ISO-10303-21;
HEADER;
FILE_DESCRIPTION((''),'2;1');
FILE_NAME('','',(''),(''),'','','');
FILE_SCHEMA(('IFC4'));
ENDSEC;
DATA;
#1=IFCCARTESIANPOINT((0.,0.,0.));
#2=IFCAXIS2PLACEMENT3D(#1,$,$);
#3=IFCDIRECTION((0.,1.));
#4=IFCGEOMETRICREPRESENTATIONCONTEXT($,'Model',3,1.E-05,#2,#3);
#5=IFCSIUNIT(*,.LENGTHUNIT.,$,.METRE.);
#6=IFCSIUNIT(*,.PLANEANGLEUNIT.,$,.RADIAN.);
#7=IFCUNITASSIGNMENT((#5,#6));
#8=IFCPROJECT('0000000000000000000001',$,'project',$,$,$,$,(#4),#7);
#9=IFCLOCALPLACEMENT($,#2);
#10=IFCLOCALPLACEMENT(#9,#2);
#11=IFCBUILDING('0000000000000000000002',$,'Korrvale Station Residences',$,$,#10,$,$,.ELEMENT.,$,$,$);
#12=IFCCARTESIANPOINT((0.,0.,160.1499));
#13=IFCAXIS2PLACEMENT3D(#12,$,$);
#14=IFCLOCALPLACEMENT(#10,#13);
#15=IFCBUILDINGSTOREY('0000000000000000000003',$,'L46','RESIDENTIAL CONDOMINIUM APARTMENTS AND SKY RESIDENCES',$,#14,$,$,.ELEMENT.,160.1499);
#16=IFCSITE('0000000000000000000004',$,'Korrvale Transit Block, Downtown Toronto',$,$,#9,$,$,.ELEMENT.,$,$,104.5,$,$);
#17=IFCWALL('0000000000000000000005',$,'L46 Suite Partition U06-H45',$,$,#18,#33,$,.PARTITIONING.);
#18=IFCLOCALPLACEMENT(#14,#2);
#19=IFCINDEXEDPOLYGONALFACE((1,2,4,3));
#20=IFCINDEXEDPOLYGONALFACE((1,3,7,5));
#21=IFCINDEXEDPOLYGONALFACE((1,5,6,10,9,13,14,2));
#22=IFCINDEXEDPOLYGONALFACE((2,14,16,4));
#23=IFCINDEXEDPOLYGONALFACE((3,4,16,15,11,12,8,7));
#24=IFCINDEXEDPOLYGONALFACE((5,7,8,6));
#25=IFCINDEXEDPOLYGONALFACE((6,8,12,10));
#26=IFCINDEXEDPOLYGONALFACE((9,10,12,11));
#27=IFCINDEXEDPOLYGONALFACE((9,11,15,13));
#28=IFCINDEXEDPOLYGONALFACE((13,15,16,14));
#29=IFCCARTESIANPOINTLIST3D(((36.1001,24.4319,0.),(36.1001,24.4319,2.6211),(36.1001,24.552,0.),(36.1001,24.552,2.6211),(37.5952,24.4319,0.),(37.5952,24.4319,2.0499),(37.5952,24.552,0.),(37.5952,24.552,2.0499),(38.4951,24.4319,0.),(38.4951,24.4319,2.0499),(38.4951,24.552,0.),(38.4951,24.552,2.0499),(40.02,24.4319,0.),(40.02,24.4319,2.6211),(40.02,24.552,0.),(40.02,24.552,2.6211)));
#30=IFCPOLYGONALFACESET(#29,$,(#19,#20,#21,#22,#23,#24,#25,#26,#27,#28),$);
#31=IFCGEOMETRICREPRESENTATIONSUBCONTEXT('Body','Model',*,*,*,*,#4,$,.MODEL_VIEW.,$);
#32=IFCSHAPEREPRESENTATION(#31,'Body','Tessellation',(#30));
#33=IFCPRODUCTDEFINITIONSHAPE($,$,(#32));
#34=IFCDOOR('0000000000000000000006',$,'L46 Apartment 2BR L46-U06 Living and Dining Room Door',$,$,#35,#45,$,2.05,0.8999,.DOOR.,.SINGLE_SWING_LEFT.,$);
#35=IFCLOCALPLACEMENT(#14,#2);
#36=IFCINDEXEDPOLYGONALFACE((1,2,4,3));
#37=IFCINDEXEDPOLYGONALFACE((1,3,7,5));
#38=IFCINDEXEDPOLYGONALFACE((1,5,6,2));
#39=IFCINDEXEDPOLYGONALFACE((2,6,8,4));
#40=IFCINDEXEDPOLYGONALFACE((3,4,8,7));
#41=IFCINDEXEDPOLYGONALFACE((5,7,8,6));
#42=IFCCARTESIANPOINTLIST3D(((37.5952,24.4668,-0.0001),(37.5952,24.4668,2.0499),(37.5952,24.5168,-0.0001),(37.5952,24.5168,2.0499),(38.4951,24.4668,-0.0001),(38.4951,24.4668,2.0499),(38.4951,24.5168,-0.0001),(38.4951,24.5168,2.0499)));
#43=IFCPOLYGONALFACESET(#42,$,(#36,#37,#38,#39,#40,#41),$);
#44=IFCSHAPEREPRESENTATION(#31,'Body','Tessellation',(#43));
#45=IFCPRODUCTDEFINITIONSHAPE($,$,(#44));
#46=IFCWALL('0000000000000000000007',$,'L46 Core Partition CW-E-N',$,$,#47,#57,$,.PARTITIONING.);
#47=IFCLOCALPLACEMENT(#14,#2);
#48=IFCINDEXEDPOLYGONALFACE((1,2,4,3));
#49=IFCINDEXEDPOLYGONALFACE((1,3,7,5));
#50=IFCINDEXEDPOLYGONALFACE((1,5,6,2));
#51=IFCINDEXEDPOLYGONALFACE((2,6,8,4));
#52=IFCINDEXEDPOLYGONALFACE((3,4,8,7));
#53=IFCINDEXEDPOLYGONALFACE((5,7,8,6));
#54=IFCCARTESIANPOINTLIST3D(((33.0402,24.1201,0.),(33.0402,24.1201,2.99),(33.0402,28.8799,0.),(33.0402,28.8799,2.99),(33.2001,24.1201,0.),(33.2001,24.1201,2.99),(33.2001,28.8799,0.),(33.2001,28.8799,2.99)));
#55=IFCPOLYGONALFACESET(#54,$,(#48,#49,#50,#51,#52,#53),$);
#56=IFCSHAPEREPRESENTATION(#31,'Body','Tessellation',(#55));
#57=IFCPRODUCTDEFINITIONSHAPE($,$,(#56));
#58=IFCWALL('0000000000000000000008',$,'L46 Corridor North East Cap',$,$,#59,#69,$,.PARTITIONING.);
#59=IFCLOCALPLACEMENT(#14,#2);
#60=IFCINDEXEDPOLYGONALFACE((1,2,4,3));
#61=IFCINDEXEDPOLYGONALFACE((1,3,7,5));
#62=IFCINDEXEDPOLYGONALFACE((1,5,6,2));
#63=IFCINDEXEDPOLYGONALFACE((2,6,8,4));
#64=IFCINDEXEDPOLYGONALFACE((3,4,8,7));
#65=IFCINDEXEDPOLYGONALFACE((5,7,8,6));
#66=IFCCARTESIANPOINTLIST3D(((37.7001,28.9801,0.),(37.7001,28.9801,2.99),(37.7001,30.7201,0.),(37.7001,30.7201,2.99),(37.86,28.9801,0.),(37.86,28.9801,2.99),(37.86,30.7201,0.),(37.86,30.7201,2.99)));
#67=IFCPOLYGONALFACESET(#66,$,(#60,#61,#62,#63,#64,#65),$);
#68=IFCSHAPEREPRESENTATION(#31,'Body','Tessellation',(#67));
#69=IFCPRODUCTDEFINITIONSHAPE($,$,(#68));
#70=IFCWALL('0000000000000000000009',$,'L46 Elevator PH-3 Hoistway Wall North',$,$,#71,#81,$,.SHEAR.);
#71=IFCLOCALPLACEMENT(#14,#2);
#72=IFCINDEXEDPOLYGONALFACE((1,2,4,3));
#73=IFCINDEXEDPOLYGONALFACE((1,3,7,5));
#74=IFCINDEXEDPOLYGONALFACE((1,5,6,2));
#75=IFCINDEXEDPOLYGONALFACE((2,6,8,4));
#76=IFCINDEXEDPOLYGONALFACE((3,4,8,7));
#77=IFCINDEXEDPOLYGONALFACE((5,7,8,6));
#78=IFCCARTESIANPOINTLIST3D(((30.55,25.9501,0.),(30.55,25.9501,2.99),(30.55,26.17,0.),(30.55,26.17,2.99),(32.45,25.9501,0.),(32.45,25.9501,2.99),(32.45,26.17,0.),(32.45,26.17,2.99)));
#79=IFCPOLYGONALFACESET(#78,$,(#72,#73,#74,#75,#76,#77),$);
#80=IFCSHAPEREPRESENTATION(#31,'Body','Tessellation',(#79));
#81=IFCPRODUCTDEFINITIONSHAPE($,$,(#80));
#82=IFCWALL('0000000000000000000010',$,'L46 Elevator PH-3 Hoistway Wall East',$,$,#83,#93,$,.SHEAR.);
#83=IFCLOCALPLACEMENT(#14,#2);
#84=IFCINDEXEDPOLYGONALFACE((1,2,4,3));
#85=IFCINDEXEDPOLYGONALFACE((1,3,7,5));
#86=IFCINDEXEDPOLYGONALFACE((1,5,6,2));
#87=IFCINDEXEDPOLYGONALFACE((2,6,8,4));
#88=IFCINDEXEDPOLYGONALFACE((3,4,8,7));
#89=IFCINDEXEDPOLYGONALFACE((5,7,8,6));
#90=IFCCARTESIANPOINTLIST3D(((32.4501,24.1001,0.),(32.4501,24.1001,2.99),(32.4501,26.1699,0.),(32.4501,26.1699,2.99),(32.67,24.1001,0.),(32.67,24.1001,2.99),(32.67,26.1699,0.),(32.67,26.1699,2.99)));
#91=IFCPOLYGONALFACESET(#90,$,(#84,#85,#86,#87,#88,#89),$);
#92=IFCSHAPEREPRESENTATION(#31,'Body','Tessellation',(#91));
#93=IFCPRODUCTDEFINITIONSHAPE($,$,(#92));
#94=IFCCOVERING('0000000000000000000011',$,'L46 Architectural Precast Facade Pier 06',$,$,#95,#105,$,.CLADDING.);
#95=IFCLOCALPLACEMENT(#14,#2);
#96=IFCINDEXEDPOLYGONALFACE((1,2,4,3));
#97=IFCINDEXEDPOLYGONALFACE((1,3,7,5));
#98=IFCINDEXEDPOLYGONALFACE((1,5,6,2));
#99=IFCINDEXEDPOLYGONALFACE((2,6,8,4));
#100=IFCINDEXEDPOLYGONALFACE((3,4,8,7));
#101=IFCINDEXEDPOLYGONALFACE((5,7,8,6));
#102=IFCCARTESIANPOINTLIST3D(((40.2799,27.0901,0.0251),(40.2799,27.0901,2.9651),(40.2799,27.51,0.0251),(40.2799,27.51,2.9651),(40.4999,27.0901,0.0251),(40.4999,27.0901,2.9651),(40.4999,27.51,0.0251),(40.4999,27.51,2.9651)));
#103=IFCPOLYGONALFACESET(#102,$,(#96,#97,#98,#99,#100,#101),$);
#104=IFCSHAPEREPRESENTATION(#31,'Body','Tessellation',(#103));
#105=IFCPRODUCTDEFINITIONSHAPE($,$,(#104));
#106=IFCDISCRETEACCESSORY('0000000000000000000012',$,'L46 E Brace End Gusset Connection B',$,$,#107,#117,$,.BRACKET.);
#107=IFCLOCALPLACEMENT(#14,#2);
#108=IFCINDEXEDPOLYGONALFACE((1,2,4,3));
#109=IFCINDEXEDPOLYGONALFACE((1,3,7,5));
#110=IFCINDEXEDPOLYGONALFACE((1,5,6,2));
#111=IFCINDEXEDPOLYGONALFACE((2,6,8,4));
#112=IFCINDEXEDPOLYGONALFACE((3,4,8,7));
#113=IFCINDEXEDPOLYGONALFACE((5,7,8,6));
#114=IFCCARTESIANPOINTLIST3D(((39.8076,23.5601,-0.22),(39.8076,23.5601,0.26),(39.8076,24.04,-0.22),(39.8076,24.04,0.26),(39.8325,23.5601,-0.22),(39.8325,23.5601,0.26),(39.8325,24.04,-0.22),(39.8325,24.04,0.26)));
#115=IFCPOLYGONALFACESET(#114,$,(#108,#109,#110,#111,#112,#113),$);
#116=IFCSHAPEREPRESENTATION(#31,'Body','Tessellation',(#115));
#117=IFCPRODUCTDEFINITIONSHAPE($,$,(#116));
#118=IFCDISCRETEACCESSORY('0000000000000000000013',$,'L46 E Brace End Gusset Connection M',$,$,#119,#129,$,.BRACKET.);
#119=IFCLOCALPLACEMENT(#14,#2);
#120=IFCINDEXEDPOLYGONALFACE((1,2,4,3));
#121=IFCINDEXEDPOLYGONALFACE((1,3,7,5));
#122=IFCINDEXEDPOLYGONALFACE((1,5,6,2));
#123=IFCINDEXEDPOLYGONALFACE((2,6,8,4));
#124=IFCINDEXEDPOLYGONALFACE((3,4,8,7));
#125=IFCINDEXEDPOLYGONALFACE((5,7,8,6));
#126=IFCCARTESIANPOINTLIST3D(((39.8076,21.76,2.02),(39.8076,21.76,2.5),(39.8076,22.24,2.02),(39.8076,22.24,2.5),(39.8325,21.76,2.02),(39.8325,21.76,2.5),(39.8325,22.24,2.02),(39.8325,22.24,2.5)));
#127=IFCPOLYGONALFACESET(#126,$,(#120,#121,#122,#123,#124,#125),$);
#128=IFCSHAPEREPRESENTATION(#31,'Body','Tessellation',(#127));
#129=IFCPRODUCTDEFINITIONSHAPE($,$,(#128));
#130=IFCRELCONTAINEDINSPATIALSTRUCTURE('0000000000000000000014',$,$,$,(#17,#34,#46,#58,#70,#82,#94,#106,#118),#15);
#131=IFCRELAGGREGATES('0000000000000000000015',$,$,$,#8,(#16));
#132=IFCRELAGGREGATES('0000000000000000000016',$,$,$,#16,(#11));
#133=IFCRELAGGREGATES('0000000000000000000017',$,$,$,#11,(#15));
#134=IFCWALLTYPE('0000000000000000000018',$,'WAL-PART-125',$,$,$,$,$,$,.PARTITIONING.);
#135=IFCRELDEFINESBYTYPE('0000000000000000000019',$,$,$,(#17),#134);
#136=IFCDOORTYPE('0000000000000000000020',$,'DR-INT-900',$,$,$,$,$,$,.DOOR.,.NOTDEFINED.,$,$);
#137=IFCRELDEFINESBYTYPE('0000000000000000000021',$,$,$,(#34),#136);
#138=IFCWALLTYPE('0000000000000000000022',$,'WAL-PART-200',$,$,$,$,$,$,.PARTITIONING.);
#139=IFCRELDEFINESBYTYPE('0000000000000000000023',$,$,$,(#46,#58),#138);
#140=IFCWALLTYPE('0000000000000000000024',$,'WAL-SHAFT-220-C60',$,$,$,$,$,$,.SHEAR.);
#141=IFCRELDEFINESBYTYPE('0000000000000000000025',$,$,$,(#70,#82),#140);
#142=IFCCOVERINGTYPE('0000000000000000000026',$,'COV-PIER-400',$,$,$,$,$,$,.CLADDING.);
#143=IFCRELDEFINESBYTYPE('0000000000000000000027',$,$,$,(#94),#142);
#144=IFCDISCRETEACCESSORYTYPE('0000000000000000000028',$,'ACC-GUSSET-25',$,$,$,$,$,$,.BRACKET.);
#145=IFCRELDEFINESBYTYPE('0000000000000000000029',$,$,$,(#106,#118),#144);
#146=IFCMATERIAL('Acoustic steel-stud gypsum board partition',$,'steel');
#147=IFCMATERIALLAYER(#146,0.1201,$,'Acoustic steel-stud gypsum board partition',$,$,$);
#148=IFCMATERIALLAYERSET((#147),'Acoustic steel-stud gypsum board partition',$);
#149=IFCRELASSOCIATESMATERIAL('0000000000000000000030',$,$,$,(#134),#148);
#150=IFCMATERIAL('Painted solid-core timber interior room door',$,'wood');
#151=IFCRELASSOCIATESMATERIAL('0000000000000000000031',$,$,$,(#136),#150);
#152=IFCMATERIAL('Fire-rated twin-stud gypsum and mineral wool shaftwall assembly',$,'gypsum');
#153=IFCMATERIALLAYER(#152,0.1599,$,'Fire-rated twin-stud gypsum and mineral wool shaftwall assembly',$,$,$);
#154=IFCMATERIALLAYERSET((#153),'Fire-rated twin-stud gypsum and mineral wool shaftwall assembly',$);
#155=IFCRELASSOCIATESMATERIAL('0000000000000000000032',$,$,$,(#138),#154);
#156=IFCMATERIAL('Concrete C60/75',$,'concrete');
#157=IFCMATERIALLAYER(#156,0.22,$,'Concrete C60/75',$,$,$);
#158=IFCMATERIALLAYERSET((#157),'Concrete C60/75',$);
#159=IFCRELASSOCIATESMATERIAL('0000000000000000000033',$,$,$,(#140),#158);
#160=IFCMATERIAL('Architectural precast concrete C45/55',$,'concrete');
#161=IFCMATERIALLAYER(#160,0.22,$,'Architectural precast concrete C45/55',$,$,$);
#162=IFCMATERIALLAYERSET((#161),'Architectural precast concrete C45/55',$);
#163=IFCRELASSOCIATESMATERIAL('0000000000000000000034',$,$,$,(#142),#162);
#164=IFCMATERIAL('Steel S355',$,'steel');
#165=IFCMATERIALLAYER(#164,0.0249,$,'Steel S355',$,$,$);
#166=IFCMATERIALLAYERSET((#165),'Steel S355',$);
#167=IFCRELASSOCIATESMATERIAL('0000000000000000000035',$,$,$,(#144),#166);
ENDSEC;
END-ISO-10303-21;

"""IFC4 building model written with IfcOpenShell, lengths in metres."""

from ifc_helpers import new_model, si_unit, direction, frame, frame_2d, origin, origin_2d, place, context, subcontext, project, spatial, rectangle, extrude, material, layer, layer_set, type_object, element, fill, save


model = new_model("IFC4")

# Units and contexts
model_context = context("Model", 3, precision=1e-05, world=origin(), true_north=direction((0.0, 1.0)))
body_context = subcontext(model_context, "Body", "Model", "MODEL_VIEW")
ifc_project = project(units=[si_unit("LENGTHUNIT", "METRE"), si_unit("PLANEANGLEUNIT", "RADIAN")], contexts=[model_context])

# Site, building, storey
site_placement = place(None, origin())
site = spatial("IfcSite", under=ifc_project, at=site_placement, Name="Korrvale Transit Block, Downtown Toronto", CompositionType="ELEMENT", RefElevation=104.5)
building_placement = place(site_placement, origin())
building = spatial("IfcBuilding", under=site, at=building_placement, Name="Korrvale Station Residences", CompositionType="ELEMENT")
storey_placement = place(building_placement, frame((0.0, 0.0, 160.1499)))
storey = spatial("IfcBuildingStorey", under=building, at=storey_placement, Name="L46", Description="RESIDENTIAL CONDOMINIUM APARTMENTS AND SKY RESIDENCES", CompositionType="ELEMENT", Elevation=160.1499)

# Shared definitions
ifc_material_1 = material(Name="Concrete C60/75", Category="concrete")

# Shared definitions
ifc_material_2 = material(Name="Steel S355", Category="steel")

# Shared definitions
ifc_material_3 = material(Name="Acoustic steel-stud gypsum board partition", Category="steel")
ifc_layer_1 = layer(ifc_material_3, 0.1201, Name="Acoustic steel-stud gypsum board partition")
ifc_layer_set_1 = layer_set([ifc_layer_1], Name="Acoustic steel-stud gypsum board partition")
wall_type_1 = type_object("IfcWallType", Name="WAL-PART-125", PredefinedType="PARTITIONING", material=ifc_layer_set_1)

# Wall, opening, door
ifc_material_4 = material(Name="Painted solid-core timber interior room door", Category="wood")
door_type = type_object("IfcDoorType", Name="DR-INT-900", OperationType="NOTDEFINED", PredefinedType="DOOR", material=ifc_material_4)
wall_1_placement = place(storey_placement, frame((36.1001, 24.4919, 0.0), z_axis=(0.0, 0.0, 1.0), x_axis=(1.0, 0.0, 0.0)))
wall_1 = element("IfcWall", 1, at=wall_1_placement, inside=storey, type_object=wall_type_1, Name="L46 Suite Partition U06-H45", PredefinedType="PARTITIONING", context=body_context, shape_type="SweptSolid", body=[
    extrude(rectangle(XDim=3.9199, YDim=0.1201, at=frame_2d((1.96, 0.0))), origin(), (0.0, 0.0, 1.0), 2.6211),
])
opening_1_placement = place(wall_1_placement, frame((1.4951, 0.0, 0.0)))
opening_1 = element("IfcOpeningElement", 2, at=opening_1_placement, cuts=wall_1, PredefinedType="OPENING", context=body_context, shape_type="SweptSolid", body=[
    extrude(rectangle(XDim=0.8999, YDim=2.05, at=frame_2d((0.45, 1.0249))), frame((0.0, 0.0701, 0.0), z_axis=(0.0, -1.0, 0.0), x_axis=(1.0, 0.0, 0.0)), (0.0, 0.0, 1.0), 0.1401),
])
door_1_placement = place(opening_1_placement, origin())
door_1 = element("IfcDoor", 3, at=door_1_placement, inside=storey, type_object=door_type, Name="L46 Apartment 2BR L46-U06 Living and Dining Room Door", OperationType="SINGLE_SWING_LEFT", OverallHeight=2.05, OverallWidth=0.8999, PredefinedType="DOOR", context=body_context, shape_type="SweptSolid", body=[
    extrude(rectangle(XDim=0.8999, YDim=2.05, at=frame_2d((0.45, 1.0249))), frame((0.0, 0.0249, 0.0), z_axis=(0.0, -1.0, 0.0), x_axis=(1.0, 0.0, 0.0)), (0.0, 0.0, 1.0), 0.05),
])
fill(opening_1, door_1)

# Walls
ifc_material_5 = material(Name="Fire-rated twin-stud gypsum and mineral wool shaftwall assembly", Category="gypsum")
ifc_layer_2 = layer(ifc_material_5, 0.1599, Name="Fire-rated twin-stud gypsum and mineral wool shaftwall assembly")
ifc_layer_set_2 = layer_set([ifc_layer_2], Name="Fire-rated twin-stud gypsum and mineral wool shaftwall assembly")
wall_type_2 = type_object("IfcWallType", Name="WAL-PART-200", PredefinedType="PARTITIONING", material=ifc_layer_set_2)
wall_2_placement = place(storey_placement, frame((33.1201, 24.1201, 0.0), z_axis=(0.0, 0.0, 1.0), x_axis=(0.0, 1.0, 0.0)))
element("IfcWall", 4, at=wall_2_placement, inside=storey, type_object=wall_type_2, Name="L46 Core Partition CW-E-N", PredefinedType="PARTITIONING", context=body_context, shape_type="SweptSolid", body=[
    extrude(rectangle(XDim=4.7598, YDim=0.1599, at=frame_2d((2.3799, 0.0))), origin(), (0.0, 0.0, 1.0), 2.99),
])
wall_3_placement = place(storey_placement, frame((37.78, 28.98, 0.0), z_axis=(0.0, 0.0, 1.0), x_axis=(0.0, 1.0, 0.0)))
element("IfcWall", 5, at=wall_3_placement, inside=storey, type_object=wall_type_2, Name="L46 Corridor North East Cap", PredefinedType="PARTITIONING", context=body_context, shape_type="SweptSolid", body=[
    extrude(rectangle(XDim=1.74, YDim=0.1599, at=frame_2d((0.8701, 0.0))), origin(), (0.0, 0.0, 1.0), 2.99),
])
ifc_layer_3 = layer(ifc_material_1, 0.22, Name="Concrete C60/75")
ifc_layer_set_3 = layer_set([ifc_layer_3], Name="Concrete C60/75")
wall_type_3 = type_object("IfcWallType", Name="WAL-SHAFT-220-C60", PredefinedType="SHEAR", material=ifc_layer_set_3)
wall_4_placement = place(storey_placement, frame((30.55, 26.0601, 0.0), z_axis=(0.0, 0.0, 1.0), x_axis=(1.0, 0.0, 0.0)))
element("IfcWall", 6, at=wall_4_placement, inside=storey, type_object=wall_type_3, Name="L46 Elevator PH-3 Hoistway Wall North", PredefinedType="SHEAR", context=body_context, shape_type="SweptSolid", body=[
    extrude(rectangle(XDim=1.8999, YDim=0.22, at=frame_2d((0.95, 0.0))), origin(), (0.0, 0.0, 1.0), 2.99),
])
wall_5_placement = place(storey_placement, frame((32.5601, 24.1001, 0.0), z_axis=(0.0, 0.0, 1.0), x_axis=(0.0, 1.0, 0.0)))
element("IfcWall", 7, at=wall_5_placement, inside=storey, type_object=wall_type_3, Name="L46 Elevator PH-3 Hoistway Wall East", PredefinedType="SHEAR", context=body_context, shape_type="SweptSolid", body=[
    extrude(rectangle(XDim=2.0698, YDim=0.22, at=frame_2d((1.0349, 0.0))), origin(), (0.0, 0.0, 1.0), 2.99),
])

# Covering
ifc_material_6 = material(Name="Architectural precast concrete C45/55", Category="concrete")
ifc_layer_4 = layer(ifc_material_6, 0.22, Name="Architectural precast concrete C45/55")
ifc_layer_set_4 = layer_set([ifc_layer_4], Name="Architectural precast concrete C45/55")
covering_type = type_object("IfcCoveringType", Name="COV-PIER-400", PredefinedType="CLADDING", material=ifc_layer_set_4)
covering_placement = place(storey_placement, frame((40.3899, 27.3, 0.0251), z_axis=(0.0, 0.0, 1.0), x_axis=(0.0, 1.0, 0.0)))
element("IfcCovering", 8, at=covering_placement, inside=storey, type_object=covering_type, Name="L46 Architectural Precast Facade Pier 06", PredefinedType="CLADDING", context=body_context, shape_type="SweptSolid", body=[
    extrude(rectangle(XDim=0.4199, YDim=0.22, at=origin_2d()), origin(), (0.0, 0.0, 1.0), 2.9399),
])

# Discrete accessories
ifc_layer_5 = layer(ifc_material_2, 0.0249, Name="Steel S355")
ifc_layer_set_5 = layer_set([ifc_layer_5], Name="Steel S355")
discrete_accessory_type = type_object("IfcDiscreteAccessoryType", Name="ACC-GUSSET-25", PredefinedType="BRACKET", material=ifc_layer_set_5)
for number, where, z_axis, x_axis, name in (
    (9, (39.8201, 23.8, -0.22), (0.0, 0.0, 1.0), (0.0, 1.0, 0.0), "L46 E Brace End Gusset Connection B"),
    (10, (39.8201, 22.0, 2.02), (0.0, 0.0, 1.0), (0.0, 1.0, 0.0), "L46 E Brace End Gusset Connection M"),
):
    element("IfcDiscreteAccessory", number, at=place(storey_placement, frame(where, z_axis=z_axis, x_axis=x_axis)), inside=storey, type_object=discrete_accessory_type, Name=name, PredefinedType="BRACKET", context=body_context, shape_type="SweptSolid", body=[
        extrude(rectangle(XDim=0.48, YDim=0.0249, at=origin_2d()), origin(), (0.0, 0.0, 1.0), 0.48),
    ])

save(model, "model.ifc")
